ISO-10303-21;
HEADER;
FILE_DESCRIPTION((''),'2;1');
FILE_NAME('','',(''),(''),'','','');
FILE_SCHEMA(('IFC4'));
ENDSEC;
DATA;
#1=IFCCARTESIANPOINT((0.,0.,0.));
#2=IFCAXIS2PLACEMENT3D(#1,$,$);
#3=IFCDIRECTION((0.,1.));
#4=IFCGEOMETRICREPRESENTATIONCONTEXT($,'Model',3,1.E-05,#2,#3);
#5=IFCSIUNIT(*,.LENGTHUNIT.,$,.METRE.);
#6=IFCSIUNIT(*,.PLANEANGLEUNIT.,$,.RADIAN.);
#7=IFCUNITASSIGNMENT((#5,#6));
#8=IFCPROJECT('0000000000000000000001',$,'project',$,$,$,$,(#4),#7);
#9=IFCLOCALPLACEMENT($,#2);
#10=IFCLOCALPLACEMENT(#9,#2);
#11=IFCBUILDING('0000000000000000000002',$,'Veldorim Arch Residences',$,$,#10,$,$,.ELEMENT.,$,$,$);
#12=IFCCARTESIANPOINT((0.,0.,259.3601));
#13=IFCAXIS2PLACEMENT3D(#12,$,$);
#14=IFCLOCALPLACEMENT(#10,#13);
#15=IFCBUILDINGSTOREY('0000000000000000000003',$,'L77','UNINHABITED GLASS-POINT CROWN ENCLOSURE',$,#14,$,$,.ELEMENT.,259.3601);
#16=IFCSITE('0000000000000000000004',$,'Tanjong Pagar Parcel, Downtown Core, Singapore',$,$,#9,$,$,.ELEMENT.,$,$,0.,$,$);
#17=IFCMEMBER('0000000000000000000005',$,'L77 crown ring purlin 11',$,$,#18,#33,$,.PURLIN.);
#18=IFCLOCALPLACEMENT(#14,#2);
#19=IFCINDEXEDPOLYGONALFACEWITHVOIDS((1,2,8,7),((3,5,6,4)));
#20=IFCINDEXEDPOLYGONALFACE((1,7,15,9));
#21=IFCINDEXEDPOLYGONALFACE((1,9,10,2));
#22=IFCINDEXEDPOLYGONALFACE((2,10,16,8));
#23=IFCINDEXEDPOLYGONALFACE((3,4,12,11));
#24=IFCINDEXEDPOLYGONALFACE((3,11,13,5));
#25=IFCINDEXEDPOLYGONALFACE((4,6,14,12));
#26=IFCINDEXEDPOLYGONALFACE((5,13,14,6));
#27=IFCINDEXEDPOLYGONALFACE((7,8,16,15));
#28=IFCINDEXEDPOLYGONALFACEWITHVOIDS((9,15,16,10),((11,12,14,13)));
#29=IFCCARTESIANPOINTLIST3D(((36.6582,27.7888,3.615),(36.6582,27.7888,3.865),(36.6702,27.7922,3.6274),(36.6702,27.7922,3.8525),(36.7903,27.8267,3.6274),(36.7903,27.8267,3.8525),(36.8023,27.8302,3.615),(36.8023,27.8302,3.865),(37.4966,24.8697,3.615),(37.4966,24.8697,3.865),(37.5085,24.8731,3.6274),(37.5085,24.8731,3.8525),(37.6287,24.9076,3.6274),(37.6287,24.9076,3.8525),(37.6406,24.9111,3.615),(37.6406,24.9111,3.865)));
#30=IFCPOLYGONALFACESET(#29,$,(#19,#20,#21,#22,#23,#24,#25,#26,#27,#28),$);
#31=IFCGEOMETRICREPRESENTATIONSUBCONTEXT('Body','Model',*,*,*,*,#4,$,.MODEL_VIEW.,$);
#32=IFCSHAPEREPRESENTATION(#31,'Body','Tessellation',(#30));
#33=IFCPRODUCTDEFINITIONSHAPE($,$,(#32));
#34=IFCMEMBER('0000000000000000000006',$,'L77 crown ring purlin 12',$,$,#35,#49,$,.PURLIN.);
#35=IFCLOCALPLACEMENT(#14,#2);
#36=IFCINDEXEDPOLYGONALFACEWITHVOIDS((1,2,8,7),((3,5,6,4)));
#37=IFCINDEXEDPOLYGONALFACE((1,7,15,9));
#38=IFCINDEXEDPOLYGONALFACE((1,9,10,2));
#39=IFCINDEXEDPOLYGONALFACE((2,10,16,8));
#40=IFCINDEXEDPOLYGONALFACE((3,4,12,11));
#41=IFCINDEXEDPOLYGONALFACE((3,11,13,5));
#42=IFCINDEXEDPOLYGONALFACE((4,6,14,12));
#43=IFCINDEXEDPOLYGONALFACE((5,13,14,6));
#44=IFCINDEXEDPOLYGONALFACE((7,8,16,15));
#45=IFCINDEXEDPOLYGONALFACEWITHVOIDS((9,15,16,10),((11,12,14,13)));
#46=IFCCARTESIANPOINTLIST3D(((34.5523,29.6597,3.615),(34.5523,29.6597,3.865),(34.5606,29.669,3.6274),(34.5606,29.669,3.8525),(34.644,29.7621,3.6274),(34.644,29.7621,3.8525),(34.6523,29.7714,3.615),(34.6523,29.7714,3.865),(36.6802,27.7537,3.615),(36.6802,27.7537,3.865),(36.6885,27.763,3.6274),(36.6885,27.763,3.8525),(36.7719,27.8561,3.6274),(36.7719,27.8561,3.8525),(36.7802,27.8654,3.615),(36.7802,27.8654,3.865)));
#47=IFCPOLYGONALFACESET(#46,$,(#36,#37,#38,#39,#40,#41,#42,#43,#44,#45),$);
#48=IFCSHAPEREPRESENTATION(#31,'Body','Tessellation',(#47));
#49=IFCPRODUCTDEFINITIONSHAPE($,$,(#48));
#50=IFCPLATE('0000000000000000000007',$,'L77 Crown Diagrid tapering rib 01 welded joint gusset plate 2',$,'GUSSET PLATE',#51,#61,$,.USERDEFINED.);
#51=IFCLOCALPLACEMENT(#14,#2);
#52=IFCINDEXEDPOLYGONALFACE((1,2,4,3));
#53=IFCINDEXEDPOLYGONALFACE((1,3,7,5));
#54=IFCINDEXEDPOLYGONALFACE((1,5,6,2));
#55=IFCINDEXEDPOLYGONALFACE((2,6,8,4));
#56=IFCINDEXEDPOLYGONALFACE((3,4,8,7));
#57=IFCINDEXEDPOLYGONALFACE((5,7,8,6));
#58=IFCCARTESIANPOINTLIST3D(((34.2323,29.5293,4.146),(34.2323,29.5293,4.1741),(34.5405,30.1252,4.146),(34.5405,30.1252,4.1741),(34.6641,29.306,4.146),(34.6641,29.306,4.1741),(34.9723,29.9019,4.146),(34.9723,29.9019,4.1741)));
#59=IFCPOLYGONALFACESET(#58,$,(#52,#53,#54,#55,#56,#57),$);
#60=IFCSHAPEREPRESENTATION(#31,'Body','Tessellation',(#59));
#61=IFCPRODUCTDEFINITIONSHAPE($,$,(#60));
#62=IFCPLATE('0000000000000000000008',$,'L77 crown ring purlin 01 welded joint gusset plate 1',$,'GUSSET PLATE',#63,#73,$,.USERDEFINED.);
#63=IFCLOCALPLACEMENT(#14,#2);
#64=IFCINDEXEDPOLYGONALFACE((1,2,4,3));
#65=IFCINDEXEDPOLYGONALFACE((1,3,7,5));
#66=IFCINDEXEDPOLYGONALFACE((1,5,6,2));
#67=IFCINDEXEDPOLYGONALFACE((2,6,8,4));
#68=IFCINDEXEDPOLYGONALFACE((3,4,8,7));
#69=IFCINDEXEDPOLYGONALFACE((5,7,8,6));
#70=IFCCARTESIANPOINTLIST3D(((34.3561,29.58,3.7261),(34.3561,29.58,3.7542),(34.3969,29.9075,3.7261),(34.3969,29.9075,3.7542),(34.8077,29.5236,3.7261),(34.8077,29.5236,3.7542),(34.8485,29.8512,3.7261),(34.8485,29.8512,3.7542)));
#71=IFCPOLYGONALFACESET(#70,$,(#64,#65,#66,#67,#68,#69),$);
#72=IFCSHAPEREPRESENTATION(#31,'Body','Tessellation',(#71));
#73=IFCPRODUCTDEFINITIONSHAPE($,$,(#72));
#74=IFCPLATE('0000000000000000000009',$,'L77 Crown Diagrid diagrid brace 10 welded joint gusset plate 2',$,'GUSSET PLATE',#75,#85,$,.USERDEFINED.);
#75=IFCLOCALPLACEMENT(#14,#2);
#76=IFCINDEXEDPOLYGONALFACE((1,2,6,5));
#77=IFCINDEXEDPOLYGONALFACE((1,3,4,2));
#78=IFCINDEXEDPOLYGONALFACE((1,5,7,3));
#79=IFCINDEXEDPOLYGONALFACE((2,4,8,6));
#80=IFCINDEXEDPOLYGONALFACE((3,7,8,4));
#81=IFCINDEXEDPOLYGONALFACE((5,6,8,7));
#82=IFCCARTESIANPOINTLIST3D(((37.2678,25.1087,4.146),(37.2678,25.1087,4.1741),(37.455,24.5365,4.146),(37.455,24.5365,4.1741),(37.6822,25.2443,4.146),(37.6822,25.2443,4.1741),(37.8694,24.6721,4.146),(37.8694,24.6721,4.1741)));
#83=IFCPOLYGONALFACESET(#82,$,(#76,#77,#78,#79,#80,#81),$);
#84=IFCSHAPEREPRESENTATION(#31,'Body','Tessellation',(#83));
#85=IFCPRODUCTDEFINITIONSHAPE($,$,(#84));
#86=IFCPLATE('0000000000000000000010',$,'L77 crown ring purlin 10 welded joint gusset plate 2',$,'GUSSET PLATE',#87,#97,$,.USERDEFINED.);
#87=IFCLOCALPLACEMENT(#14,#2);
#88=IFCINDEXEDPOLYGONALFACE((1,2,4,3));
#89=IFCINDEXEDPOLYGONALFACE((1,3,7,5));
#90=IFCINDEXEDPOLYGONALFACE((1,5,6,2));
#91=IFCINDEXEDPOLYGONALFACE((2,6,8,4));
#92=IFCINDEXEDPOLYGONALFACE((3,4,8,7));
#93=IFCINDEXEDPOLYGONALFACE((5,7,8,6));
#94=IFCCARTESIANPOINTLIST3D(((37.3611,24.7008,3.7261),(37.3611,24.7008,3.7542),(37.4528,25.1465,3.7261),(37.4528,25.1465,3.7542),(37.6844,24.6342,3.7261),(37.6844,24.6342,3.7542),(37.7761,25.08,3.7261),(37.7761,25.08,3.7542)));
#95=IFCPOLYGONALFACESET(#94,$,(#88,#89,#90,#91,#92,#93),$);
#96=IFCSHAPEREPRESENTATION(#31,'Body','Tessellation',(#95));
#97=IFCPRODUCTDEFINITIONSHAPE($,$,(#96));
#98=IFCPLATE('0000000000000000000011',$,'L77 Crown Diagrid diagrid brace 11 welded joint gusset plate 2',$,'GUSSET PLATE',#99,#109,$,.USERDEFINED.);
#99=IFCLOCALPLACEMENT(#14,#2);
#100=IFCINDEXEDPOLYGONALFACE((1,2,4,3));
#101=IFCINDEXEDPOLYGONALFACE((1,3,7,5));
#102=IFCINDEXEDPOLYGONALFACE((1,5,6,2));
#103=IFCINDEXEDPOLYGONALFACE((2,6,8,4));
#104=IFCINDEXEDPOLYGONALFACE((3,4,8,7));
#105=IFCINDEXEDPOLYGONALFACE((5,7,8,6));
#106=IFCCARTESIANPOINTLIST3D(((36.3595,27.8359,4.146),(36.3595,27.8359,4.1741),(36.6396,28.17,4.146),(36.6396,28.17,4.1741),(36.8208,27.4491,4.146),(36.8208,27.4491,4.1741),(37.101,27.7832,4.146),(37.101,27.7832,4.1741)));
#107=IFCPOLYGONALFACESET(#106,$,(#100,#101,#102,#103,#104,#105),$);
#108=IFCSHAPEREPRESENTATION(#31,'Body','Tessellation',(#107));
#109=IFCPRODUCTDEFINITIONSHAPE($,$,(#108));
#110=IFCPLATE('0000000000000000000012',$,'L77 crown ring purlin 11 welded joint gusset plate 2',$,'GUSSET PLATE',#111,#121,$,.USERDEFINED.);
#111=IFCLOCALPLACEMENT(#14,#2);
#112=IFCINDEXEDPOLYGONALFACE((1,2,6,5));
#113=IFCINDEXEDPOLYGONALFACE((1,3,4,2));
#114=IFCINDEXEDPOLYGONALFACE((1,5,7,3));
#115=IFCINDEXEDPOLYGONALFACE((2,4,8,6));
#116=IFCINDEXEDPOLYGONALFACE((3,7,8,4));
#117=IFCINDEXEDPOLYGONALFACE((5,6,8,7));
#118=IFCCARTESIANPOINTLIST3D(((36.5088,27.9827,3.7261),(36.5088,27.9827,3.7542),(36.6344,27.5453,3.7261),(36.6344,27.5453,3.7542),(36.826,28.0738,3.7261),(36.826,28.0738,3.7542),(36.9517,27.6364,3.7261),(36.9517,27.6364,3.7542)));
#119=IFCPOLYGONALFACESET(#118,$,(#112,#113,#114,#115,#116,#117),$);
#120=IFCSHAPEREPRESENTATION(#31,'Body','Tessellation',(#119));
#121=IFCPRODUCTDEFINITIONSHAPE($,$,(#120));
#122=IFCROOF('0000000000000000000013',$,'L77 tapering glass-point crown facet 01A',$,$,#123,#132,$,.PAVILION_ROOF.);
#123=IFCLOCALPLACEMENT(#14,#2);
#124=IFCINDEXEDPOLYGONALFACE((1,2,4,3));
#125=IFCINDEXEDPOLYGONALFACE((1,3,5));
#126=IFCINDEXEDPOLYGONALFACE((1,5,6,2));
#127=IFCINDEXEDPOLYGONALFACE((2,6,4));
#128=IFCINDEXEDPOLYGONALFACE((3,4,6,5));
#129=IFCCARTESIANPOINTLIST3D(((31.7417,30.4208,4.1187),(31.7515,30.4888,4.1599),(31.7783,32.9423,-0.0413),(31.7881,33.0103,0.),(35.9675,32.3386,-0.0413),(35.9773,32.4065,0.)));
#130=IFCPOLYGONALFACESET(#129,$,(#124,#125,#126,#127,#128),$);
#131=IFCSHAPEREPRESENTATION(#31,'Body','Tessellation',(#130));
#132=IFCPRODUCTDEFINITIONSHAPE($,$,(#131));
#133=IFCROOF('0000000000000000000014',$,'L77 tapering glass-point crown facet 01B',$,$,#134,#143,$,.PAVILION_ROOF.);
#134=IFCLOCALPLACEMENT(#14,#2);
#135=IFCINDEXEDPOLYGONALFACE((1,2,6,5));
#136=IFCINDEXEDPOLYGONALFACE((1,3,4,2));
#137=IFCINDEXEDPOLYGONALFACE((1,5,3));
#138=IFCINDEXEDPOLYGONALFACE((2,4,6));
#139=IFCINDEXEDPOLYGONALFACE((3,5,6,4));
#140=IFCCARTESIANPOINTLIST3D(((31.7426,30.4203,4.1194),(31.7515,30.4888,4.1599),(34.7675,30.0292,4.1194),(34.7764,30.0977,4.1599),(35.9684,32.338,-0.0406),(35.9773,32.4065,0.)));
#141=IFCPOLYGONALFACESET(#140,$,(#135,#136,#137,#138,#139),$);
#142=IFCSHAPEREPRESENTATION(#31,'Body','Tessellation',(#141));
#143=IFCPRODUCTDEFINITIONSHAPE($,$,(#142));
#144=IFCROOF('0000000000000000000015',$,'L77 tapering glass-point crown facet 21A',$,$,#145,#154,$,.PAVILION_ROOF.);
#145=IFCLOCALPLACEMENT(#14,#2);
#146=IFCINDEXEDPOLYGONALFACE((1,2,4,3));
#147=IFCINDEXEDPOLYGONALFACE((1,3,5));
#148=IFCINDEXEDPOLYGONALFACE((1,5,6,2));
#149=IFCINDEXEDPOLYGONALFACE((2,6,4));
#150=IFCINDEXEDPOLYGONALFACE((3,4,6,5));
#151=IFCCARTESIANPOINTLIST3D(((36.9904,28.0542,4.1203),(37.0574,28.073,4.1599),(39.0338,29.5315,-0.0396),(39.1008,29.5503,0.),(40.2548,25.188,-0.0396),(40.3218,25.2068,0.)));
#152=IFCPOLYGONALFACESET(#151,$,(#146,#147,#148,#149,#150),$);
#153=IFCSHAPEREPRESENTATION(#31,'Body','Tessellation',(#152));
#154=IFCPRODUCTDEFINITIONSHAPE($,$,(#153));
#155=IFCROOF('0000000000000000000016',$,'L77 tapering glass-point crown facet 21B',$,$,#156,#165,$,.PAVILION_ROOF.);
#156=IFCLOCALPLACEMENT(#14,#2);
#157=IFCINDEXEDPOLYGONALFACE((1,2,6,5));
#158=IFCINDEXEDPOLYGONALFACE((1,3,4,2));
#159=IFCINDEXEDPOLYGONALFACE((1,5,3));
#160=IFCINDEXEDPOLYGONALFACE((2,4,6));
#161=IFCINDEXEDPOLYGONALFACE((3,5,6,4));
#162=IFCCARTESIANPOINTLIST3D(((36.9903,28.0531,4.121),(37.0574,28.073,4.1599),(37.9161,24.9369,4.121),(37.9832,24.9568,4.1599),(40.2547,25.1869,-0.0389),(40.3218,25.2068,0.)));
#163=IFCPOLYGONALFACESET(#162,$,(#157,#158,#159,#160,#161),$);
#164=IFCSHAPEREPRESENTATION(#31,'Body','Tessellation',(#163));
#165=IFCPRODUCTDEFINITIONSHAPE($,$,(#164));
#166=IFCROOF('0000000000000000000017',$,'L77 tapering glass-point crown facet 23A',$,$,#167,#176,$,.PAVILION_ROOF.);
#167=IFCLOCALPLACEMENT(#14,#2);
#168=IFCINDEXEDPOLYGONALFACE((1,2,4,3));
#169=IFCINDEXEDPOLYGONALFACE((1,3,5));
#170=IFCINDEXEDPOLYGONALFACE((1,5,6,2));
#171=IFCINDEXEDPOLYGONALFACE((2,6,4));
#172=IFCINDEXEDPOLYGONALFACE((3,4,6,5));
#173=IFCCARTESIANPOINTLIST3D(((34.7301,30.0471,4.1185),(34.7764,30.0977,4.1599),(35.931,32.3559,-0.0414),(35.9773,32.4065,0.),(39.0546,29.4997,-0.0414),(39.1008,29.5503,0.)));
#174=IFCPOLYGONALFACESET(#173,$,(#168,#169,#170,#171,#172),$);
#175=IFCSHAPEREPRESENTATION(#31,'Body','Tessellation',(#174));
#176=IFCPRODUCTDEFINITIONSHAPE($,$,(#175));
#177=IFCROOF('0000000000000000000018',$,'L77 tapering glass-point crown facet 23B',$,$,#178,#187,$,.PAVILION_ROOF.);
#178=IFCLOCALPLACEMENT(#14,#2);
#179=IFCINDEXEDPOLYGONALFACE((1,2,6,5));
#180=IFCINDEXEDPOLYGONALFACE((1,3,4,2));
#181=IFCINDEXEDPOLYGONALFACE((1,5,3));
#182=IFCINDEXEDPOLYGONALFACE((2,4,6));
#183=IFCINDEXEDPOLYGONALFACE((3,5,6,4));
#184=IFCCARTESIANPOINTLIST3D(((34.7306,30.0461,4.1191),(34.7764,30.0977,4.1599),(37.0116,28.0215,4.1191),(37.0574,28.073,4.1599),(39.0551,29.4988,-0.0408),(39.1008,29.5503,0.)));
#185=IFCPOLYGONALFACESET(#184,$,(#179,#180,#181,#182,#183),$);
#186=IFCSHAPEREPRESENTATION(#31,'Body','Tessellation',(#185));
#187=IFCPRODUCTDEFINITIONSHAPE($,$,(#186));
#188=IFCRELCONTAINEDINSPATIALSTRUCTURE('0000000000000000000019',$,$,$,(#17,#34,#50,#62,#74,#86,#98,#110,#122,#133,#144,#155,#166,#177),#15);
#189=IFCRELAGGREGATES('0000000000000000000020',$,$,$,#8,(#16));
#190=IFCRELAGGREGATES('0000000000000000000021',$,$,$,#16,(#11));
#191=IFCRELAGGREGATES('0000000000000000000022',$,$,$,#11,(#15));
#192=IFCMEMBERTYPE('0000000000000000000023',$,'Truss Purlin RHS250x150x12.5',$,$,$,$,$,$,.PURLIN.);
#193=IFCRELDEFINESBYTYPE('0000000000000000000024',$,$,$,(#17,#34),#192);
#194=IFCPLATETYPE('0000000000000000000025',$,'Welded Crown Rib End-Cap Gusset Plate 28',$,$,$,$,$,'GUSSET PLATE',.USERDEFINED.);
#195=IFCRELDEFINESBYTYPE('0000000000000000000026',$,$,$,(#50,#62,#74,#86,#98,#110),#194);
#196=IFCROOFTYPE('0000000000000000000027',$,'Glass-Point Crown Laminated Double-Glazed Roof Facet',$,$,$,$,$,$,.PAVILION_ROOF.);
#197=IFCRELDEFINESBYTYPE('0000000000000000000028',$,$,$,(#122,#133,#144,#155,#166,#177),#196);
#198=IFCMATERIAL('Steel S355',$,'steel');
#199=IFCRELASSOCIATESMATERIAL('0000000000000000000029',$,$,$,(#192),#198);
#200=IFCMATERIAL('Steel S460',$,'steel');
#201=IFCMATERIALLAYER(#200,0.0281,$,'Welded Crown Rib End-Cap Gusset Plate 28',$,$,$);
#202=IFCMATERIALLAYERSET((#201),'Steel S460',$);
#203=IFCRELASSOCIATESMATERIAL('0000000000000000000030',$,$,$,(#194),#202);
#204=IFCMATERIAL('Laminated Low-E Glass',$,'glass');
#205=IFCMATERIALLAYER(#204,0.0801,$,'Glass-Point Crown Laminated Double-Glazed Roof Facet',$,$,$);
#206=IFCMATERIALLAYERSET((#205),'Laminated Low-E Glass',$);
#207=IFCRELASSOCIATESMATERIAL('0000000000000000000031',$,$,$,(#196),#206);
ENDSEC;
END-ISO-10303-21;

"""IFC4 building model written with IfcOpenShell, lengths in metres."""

from ifc_helpers import new_model, si_unit, direction, frame, origin, origin_2d, place, context, subcontext, project, spatial, polyline, rectangle, hollow_rectangle, outline, extrude, material, layer, layer_set, material_profile, profile_set, type_object, element, save


model = new_model("IFC4")

# Units and contexts
model_context = context("Model", 3, precision=1e-05, world=origin(), true_north=direction((0.0, 1.0)))
body_context = subcontext(model_context, "Body", "Model", "MODEL_VIEW")
ifc_project = project(units=[si_unit("LENGTHUNIT", "METRE"), si_unit("PLANEANGLEUNIT", "RADIAN")], contexts=[model_context])

# Site, building, storey
site_placement = place(None, origin())
site = spatial("IfcSite", under=ifc_project, at=site_placement, Name="Tanjong Pagar Parcel, Downtown Core, Singapore", CompositionType="ELEMENT", RefElevation=0.0)
building_placement = place(site_placement, origin())
building = spatial("IfcBuilding", under=site, at=building_placement, Name="Veldorim Arch Residences", CompositionType="ELEMENT")
storey_placement = place(building_placement, frame((0.0, 0.0, 259.3601)))
storey = spatial("IfcBuildingStorey", under=building, at=storey_placement, Name="L77", Description="UNINHABITED GLASS-POINT CROWN ENCLOSURE", CompositionType="ELEMENT", Elevation=259.3601)

# Members
ifc_material_1 = material(Name="Steel S355", Category="steel")
ifc_material_profile_1 = material_profile(ifc_material_1, hollow_rectangle(XDim=0.1499, YDim=0.25, WallThickness=0.0125, at=origin_2d()), Name="RHS250x150x12.5")
ifc_profile_set_1 = profile_set([ifc_material_profile_1], Name="Steel S355")
member_type_1 = type_object("IfcMemberType", Name="Truss Purlin RHS250x150x12.5", PredefinedType="PURLIN", material=ifc_profile_set_1)
member_1_placement = place(storey_placement, frame((37.5686, 24.8904, 3.74), z_axis=(-0.276037, 0.961147, 0.0), x_axis=(-0.961147, -0.276037, 0.0)))
element("IfcMember", 1, at=member_1_placement, inside=storey, type_object=member_type_1, Name="L77 crown ring purlin 11", PredefinedType="PURLIN", context=body_context, shape_type="SweptSolid", body=[
    extrude(hollow_rectangle(XDim=0.1499, YDim=0.25, WallThickness=0.0125, at=origin_2d()), origin(), (0.0, 0.0, 1.0), 3.0371),
])
member_2_placement = place(storey_placement, frame((36.7302, 27.8096, 3.74), z_axis=(-0.744881, 0.667197, 0.0), x_axis=(-0.667197, -0.744881, 0.0)))
element("IfcMember", 2, at=member_2_placement, inside=storey, type_object=member_type_1, Name="L77 crown ring purlin 12", PredefinedType="PURLIN", context=body_context, shape_type="SweptSolid", body=[
    extrude(hollow_rectangle(XDim=0.1499, YDim=0.25, WallThickness=0.0125, at=origin_2d()), origin(), (0.0, 0.0, 1.0), 2.8567),
])

# Plates
ifc_material_2 = material(Name="Steel S460", Category="steel")
ifc_layer_1 = layer(ifc_material_2, 0.0281, Name="Welded Crown Rib End-Cap Gusset Plate 28")
ifc_layer_set_1 = layer_set([ifc_layer_1], Name="Steel S460")
plate_type = type_object("IfcPlateType", Name="Welded Crown Rib End-Cap Gusset Plate 28", ElementType="GUSSET PLATE", PredefinedType="USERDEFINED", material=ifc_layer_set_1)
plate_1_placement = place(storey_placement, frame((34.6023, 29.7156, 4.146), z_axis=(0.0, 0.0, 1.0), x_axis=(-0.459409, -0.888225, 0.0)))
element("IfcPlate", 3, at=plate_1_placement, inside=storey, type_object=plate_type, Name="L77 Crown Diagrid tapering rib 01 welded joint gusset plate 2", ObjectType="GUSSET PLATE", PredefinedType="USERDEFINED", context=body_context, shape_type="SweptSolid", body=[
    extrude(rectangle(XDim=0.6709, YDim=0.4861, at=origin_2d()), origin(), (0.0, 0.0, 1.0), 0.0281),
])
plate_2_placement = place(storey_placement, frame((34.6023, 29.7156, 3.7261), z_axis=(0.0, 0.0, 1.0), x_axis=(-0.992315, 0.12374, 0.0)))
element("IfcPlate", 4, at=plate_2_placement, inside=storey, type_object=plate_type, Name="L77 crown ring purlin 01 welded joint gusset plate 1", ObjectType="GUSSET PLATE", PredefinedType="USERDEFINED", context=body_context, shape_type="SweptSolid", body=[
    extrude(rectangle(XDim=0.4551, YDim=0.3301, at=origin_2d()), origin(), (0.0, 0.0, 1.0), 0.0281),
])
plate_3_placement = place(storey_placement, frame((37.5686, 24.8904, 4.146), z_axis=(0.0, 0.0, 1.0), x_axis=(-0.310958, 0.950424, 0.0)))
element("IfcPlate", 5, at=plate_3_placement, inside=storey, type_object=plate_type, Name="L77 Crown Diagrid diagrid brace 10 welded joint gusset plate 2", ObjectType="GUSSET PLATE", PredefinedType="USERDEFINED", context=body_context, shape_type="SweptSolid", body=[
    extrude(rectangle(XDim=0.6021, YDim=0.436, at=origin_2d()), origin(), (0.0, 0.0, 1.0), 0.0281),
])
plate_4_placement = place(storey_placement, frame((37.5686, 24.8904, 3.7261), z_axis=(0.0, 0.0, 1.0), x_axis=(0.201625, 0.979463, 0.0)))
element("IfcPlate", 6, at=plate_4_placement, inside=storey, type_object=plate_type, Name="L77 crown ring purlin 10 welded joint gusset plate 2", ObjectType="GUSSET PLATE", PredefinedType="USERDEFINED", context=body_context, shape_type="SweptSolid", body=[
    extrude(rectangle(XDim=0.4551, YDim=0.3301, at=origin_2d()), origin(), (0.0, 0.0, 1.0), 0.0281),
])
plate_5_placement = place(storey_placement, frame((36.7302, 27.8096, 4.146), z_axis=(0.0, 0.0, 1.0), x_axis=(-0.76628, 0.642507, 0.0)))
element("IfcPlate", 7, at=plate_5_placement, inside=storey, type_object=plate_type, Name="L77 Crown Diagrid diagrid brace 11 welded joint gusset plate 2", ObjectType="GUSSET PLATE", PredefinedType="USERDEFINED", context=body_context, shape_type="SweptSolid", body=[
    extrude(rectangle(XDim=0.6021, YDim=0.436, at=origin_2d()), origin(), (0.0, 0.0, 1.0), 0.0281),
])
plate_6_placement = place(storey_placement, frame((36.7302, 27.8096, 3.7261), z_axis=(0.0, 0.0, 1.0), x_axis=(-0.276023, 0.961151, 0.0)))
element("IfcPlate", 8, at=plate_6_placement, inside=storey, type_object=plate_type, Name="L77 crown ring purlin 11 welded joint gusset plate 2", ObjectType="GUSSET PLATE", PredefinedType="USERDEFINED", context=body_context, shape_type="SweptSolid", body=[
    extrude(rectangle(XDim=0.4551, YDim=0.3301, at=origin_2d()), origin(), (0.0, 0.0, 1.0), 0.0281),
])

# Roofs
ifc_material_3 = material(Name="Laminated Low-E Glass", Category="glass")
ifc_layer_2 = layer(ifc_material_3, 0.0801, Name="Glass-Point Crown Laminated Double-Glazed Roof Facet")
ifc_layer_set_2 = layer_set([ifc_layer_2], Name="Laminated Low-E Glass")
roof_type = type_object("IfcRoofType", Name="Glass-Point Crown Laminated Double-Glazed Roof Facet", PredefinedType="PAVILION_ROOF", material=ifc_layer_set_2)
roof_1_placement = place(storey_placement, frame((35.9773, 32.4065, 0.0), z_axis=(0.122256, 0.848276, 0.515249), x_axis=(-0.989773, 0.142649, 0.0)))
element("IfcRoof", 9, at=roof_1_placement, inside=storey, type_object=roof_type, Name="L77 tapering glass-point crown facet 01A", PredefinedType="PAVILION_ROOF", context=body_context, shape_type="SweptSolid", body=[
    extrude(outline(polyline([(0.0, 0.0), (4.2325, 0.0), (3.9091, 4.8538), (0.0, 0.0)])), origin(), (0.0, 0.0, -1.0), 0.0801),
])
roof_2_placement = place(storey_placement, frame((35.9773, 32.4065, 0.0), z_axis=(0.110564, 0.855109, 0.506522), x_axis=(-0.678065, -0.307713, 0.667488)))
element("IfcRoof", 10, at=roof_2_placement, inside=storey, type_object=roof_type, Name="L77 tapering glass-point crown facet 01B", PredefinedType="PAVILION_ROOF", context=body_context, shape_type="SweptSolid", body=[
    extrude(outline(polyline([(0.0, 0.0), (6.2322, 0.0), (4.3015, 2.3612), (0.0, 0.0)])), origin(), (0.0, 0.0, -1.0), 0.0801),
])
roof_3_placement = place(storey_placement, frame((40.3218, 25.2068, 0.0), z_axis=(0.836723, 0.2352, 0.494546), x_axis=(-0.270609, 0.962689, 0.0)))
element("IfcRoof", 11, at=roof_3_placement, inside=storey, type_object=roof_type, Name="L77 tapering glass-point crown facet 21A", PredefinedType="PAVILION_ROOF", context=body_context, shape_type="SweptSolid", body=[
    extrude(outline(polyline([(0.0, 0.0), (4.5118, 0.0), (3.6426, 4.7862), (0.0, 0.0)])), origin(), (0.0, 0.0, -1.0), 0.0801),
])
roof_4_placement = place(storey_placement, frame((40.3218, 25.2068, 0.0), z_axis=(0.837796, 0.248897, 0.485951), x_axis=(-0.54274, 0.476536, 0.691627)))
element("IfcRoof", 12, at=roof_4_placement, inside=storey, type_object=roof_type, Name="L77 tapering glass-point crown facet 21B", PredefinedType="PAVILION_ROOF", context=body_context, shape_type="SweptSolid", body=[
    extrude(outline(polyline([(0.0, 0.0), (6.0147, 0.0), (4.0272, 2.5725), (0.0, 0.0)])), origin(), (0.0, 0.0, -1.0), 0.0801),
])
roof_5_placement = place(storey_placement, frame((39.1008, 29.5503, 0.0), z_axis=(0.577527, 0.631582, 0.517268), x_axis=(-0.737982, 0.67482, 0.0)))
element("IfcRoof", 13, at=roof_5_placement, inside=storey, type_object=roof_type, Name="L77 tapering glass-point crown facet 23A", PredefinedType="PAVILION_ROOF", context=body_context, shape_type="SweptSolid", body=[
    extrude(outline(polyline([(0.0, 0.0), (4.2325, 0.0), (3.5607, 4.8607), (0.0, 0.0)])), origin(), (0.0, 0.0, -1.0), 0.0801),
])
roof_6_placement = place(storey_placement, frame((39.1008, 29.5503, 0.0), z_axis=(0.571317, 0.643653, 0.509224), x_axis=(-0.717705, 0.090843, 0.690396)))
element("IfcRoof", 14, at=roof_6_placement, inside=storey, type_object=roof_type, Name="L77 tapering glass-point crown facet 23B", PredefinedType="PAVILION_ROOF", context=body_context, shape_type="SweptSolid", body=[
    extrude(outline(polyline([(0.0, 0.0), (6.0254, 0.0), (4.2044, 2.4467), (0.0, 0.0)])), origin(), (0.0, 0.0, -1.0), 0.0801),
])

save(model, "model.ifc")
